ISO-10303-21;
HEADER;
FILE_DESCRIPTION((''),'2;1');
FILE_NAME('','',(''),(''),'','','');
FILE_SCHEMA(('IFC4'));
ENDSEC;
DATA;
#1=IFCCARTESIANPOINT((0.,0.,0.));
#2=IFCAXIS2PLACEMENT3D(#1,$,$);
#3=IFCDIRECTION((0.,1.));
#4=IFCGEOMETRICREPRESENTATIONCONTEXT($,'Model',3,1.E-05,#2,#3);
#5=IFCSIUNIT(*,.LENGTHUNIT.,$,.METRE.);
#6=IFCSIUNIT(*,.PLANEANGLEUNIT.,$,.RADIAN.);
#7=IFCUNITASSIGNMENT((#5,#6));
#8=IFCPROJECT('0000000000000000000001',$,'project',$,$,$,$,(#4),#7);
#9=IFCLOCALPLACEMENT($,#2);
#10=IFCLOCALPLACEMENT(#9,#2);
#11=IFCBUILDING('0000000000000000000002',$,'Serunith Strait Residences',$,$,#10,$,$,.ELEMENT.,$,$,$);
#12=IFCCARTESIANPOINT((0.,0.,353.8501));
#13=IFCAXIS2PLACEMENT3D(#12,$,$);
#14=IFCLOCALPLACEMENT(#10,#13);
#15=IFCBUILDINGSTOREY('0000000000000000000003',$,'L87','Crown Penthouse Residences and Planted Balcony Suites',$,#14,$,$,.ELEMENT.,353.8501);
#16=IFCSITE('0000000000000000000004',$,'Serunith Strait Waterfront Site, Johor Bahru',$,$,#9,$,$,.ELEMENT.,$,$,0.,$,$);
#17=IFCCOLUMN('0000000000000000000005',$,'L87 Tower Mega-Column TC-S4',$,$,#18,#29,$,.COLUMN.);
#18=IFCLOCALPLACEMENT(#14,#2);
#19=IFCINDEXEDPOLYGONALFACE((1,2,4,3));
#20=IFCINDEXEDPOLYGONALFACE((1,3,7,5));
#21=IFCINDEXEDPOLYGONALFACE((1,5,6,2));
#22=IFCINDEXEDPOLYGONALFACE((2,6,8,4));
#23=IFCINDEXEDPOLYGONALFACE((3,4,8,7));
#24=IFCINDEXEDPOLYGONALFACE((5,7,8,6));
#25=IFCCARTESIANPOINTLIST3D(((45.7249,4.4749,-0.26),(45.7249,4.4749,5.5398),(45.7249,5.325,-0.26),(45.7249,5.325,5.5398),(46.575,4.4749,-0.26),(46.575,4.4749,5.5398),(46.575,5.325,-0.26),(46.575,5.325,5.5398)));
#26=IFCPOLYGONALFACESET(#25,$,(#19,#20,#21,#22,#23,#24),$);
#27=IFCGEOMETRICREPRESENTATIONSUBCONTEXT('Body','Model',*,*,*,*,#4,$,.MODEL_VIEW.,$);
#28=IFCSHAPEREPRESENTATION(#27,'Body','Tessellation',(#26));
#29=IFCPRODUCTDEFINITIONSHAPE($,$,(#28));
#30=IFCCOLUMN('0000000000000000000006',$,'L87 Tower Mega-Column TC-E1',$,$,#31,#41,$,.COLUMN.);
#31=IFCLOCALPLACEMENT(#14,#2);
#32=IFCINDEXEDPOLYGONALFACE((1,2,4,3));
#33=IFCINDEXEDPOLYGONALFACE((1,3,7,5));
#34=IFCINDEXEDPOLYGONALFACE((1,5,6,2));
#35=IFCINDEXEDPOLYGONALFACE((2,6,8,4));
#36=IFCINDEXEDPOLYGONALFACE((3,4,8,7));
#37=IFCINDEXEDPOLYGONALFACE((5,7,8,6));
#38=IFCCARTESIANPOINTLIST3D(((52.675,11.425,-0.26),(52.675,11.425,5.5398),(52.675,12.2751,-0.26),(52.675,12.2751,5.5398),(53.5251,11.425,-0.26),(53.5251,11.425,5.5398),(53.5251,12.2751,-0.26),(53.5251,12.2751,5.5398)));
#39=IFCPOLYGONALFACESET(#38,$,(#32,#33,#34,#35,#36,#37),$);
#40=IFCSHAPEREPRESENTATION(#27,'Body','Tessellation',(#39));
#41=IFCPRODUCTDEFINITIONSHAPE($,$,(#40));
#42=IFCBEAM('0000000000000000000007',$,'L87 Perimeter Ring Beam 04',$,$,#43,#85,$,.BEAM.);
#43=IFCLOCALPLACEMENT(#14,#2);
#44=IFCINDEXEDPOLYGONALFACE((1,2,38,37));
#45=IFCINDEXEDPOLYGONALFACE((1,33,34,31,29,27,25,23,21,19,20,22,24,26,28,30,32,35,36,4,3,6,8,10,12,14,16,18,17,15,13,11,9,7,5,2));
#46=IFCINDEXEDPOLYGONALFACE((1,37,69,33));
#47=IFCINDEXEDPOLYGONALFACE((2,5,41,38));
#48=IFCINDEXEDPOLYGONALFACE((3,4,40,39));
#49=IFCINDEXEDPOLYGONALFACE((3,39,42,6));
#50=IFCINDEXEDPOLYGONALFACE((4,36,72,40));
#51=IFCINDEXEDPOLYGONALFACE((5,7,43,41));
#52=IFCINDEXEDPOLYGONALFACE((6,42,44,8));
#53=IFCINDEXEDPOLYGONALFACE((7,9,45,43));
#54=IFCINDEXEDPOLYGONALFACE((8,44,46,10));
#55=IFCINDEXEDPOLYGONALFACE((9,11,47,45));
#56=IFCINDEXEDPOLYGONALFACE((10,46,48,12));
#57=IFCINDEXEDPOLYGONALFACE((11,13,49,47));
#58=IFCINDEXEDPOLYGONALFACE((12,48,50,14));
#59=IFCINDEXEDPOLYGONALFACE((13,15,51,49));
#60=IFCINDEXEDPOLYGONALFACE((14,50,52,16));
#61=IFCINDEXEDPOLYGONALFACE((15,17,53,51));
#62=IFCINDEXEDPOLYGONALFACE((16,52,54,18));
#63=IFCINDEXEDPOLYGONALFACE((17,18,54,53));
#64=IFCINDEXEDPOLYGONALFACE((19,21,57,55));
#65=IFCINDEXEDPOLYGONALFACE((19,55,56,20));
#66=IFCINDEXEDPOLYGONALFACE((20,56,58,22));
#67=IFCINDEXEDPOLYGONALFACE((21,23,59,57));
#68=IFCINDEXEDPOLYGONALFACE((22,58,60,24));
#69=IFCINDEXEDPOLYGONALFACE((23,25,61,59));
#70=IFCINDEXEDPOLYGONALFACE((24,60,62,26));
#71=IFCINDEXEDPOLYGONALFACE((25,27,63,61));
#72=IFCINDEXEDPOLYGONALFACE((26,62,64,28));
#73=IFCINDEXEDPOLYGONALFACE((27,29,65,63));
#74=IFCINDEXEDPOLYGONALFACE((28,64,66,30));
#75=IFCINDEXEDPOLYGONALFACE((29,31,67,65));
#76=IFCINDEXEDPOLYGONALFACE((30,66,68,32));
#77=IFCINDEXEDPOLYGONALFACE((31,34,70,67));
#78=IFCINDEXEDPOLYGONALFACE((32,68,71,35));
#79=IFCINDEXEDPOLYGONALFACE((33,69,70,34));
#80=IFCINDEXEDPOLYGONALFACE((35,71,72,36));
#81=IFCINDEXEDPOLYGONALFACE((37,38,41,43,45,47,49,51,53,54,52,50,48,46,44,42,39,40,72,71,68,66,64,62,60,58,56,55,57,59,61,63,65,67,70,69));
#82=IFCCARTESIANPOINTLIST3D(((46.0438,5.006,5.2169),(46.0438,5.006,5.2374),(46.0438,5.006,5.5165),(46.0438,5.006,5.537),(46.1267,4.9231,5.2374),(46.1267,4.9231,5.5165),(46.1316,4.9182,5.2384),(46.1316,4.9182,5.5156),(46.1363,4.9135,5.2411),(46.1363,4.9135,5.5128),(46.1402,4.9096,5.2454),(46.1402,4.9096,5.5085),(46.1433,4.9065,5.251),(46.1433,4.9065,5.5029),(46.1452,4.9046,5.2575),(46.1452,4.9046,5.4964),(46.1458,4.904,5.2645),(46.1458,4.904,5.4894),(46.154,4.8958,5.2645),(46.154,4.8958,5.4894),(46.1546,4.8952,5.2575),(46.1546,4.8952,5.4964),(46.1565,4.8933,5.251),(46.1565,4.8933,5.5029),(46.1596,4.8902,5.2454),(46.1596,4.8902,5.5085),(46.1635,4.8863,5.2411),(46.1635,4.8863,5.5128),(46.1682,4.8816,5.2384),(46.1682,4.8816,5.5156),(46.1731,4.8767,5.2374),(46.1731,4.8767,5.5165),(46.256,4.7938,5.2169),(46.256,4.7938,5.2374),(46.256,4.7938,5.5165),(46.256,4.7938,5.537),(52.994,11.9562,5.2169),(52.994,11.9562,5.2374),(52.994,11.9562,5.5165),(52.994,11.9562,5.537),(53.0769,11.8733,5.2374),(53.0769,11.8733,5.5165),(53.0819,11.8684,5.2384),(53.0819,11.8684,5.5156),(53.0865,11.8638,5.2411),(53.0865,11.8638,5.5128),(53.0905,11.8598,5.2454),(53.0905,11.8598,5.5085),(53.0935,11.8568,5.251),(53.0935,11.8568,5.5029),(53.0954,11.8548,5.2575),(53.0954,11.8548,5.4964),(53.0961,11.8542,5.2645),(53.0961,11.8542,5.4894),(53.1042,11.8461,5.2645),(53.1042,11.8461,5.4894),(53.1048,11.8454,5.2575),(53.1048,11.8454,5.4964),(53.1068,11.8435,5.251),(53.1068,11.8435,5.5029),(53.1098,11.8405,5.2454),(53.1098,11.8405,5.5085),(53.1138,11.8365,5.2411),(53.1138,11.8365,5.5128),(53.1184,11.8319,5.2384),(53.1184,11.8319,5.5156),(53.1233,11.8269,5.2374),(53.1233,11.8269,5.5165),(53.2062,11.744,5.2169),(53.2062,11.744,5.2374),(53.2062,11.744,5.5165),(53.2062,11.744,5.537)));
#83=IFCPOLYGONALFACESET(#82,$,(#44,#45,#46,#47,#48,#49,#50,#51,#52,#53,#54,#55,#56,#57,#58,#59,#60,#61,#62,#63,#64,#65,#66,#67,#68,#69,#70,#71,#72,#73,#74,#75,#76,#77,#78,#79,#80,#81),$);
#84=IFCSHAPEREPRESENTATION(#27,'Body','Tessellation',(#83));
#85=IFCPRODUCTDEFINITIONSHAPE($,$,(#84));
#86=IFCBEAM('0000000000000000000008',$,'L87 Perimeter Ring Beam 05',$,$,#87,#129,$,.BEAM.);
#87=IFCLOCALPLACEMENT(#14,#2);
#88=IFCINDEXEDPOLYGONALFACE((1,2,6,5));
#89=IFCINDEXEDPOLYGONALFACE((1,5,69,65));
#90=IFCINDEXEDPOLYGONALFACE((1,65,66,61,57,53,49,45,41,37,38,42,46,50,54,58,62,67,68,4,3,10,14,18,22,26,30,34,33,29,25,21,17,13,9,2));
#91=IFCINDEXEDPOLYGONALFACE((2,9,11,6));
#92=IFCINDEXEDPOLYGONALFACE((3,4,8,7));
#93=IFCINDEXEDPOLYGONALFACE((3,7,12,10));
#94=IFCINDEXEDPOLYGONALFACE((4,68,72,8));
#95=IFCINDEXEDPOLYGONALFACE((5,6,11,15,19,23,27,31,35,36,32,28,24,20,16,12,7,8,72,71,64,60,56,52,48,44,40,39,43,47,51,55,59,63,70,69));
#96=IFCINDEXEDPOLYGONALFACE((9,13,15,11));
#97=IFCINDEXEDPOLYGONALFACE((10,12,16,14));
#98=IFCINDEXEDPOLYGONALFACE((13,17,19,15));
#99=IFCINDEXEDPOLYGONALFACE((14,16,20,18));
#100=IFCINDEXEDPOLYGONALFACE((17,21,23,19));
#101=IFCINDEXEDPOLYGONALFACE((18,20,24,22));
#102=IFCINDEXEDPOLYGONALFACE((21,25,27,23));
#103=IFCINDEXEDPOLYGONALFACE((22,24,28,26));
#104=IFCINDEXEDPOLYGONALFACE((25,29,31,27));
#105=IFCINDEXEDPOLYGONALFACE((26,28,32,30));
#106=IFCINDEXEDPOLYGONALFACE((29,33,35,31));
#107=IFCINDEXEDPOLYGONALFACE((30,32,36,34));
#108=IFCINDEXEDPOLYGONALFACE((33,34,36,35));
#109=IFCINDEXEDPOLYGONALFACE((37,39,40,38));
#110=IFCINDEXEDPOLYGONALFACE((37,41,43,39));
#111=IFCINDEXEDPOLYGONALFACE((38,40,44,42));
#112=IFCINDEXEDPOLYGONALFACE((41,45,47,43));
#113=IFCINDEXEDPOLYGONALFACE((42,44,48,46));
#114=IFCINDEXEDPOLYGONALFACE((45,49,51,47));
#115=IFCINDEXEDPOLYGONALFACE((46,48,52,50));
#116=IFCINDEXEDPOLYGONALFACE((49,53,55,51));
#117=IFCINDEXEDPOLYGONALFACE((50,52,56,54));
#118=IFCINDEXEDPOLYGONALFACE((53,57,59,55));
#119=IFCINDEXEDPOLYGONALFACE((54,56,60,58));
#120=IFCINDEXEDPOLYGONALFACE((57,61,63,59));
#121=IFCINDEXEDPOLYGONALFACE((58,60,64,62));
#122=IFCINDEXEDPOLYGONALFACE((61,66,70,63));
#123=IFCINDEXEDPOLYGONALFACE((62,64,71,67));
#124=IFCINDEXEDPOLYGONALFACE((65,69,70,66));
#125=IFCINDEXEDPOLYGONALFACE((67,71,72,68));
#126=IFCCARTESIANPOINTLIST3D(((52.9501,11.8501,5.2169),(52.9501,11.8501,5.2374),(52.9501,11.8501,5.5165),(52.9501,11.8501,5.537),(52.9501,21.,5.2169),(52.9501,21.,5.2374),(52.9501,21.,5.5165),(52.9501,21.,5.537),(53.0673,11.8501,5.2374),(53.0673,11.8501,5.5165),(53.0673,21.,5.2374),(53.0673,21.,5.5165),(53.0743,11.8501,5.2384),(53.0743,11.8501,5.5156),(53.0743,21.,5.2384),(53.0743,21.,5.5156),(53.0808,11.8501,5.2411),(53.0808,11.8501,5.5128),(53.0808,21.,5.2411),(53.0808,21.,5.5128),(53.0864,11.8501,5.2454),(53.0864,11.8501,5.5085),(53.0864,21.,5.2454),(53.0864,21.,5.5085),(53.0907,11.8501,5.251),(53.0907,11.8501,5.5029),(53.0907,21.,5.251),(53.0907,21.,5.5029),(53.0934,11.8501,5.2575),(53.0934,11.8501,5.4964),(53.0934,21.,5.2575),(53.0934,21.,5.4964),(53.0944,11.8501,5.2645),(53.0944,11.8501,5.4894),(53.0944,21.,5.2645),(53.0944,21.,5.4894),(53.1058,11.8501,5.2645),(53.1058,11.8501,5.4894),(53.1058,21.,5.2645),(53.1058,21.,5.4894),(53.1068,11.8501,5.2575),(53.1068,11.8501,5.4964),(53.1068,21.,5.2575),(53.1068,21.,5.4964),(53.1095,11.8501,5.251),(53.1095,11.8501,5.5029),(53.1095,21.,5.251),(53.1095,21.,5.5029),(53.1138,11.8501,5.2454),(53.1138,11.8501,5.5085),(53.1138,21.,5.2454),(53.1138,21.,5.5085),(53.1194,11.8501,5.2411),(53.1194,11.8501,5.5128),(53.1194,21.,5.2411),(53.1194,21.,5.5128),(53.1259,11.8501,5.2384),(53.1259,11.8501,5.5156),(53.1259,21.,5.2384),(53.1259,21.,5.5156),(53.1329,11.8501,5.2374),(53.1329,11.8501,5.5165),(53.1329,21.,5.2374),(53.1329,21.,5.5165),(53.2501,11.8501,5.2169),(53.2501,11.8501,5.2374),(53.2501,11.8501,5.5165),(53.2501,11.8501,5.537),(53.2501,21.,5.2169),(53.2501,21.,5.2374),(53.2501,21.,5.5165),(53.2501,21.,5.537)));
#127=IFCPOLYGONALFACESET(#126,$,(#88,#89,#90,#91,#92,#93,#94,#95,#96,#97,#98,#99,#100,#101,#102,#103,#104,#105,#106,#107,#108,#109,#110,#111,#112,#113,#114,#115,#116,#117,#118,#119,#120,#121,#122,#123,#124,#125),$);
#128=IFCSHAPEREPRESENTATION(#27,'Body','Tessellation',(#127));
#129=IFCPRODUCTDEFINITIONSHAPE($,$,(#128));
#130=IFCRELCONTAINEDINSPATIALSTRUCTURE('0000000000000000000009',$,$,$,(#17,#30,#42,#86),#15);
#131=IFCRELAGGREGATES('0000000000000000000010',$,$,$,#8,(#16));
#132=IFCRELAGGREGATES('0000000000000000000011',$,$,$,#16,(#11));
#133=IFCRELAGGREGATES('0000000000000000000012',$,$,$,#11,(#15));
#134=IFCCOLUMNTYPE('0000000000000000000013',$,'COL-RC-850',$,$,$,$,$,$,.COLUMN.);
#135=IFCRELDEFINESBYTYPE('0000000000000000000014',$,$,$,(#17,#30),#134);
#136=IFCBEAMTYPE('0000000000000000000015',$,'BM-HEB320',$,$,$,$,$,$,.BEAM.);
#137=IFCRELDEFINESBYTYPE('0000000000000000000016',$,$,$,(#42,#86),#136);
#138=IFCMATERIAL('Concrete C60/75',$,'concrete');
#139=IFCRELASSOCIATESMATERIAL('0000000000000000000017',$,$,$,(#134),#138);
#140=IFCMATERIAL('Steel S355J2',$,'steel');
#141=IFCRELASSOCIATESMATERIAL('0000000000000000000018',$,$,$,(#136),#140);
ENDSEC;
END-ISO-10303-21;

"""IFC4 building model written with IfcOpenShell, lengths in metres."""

from ifc_helpers import new_model, si_unit, direction, frame, origin, origin_2d, place, context, subcontext, project, spatial, rectangle, i_section, extrude, source, transform, mapped, material, material_profile, profile_set, type_object, element, save


model = new_model("IFC4")

# Units and contexts
model_context = context("Model", 3, precision=1e-05, world=origin(), true_north=direction((0.0, 1.0)))
body_context = subcontext(model_context, "Body", "Model", "MODEL_VIEW")
ifc_project = project(units=[si_unit("LENGTHUNIT", "METRE"), si_unit("PLANEANGLEUNIT", "RADIAN")], contexts=[model_context])

# Site, building, storey
site_placement = place(None, origin())
site = spatial("IfcSite", under=ifc_project, at=site_placement, Name="Serunith Strait Waterfront Site, Johor Bahru", CompositionType="ELEMENT", RefElevation=0.0)
building_placement = place(site_placement, origin())
building = spatial("IfcBuilding", under=site, at=building_placement, Name="Serunith Strait Residences", CompositionType="ELEMENT")
storey_placement = place(building_placement, frame((0.0, 0.0, 353.8501)))
storey = spatial("IfcBuildingStorey", under=building, at=storey_placement, Name="L87", Description="Crown Penthouse Residences and Planted Balcony Suites", CompositionType="ELEMENT", Elevation=353.8501)

# Columns
ifc_material_1 = material(Name="Concrete C60/75", Category="concrete")
ifc_material_profile_1 = material_profile(ifc_material_1, rectangle(XDim=0.8501, YDim=0.8501, at=origin_2d()), Name="RC 850x850")
ifc_profile_set_1 = profile_set([ifc_material_profile_1], Name="Concrete C60/75")
column_type = type_object("IfcColumnType", Name="COL-RC-850", PredefinedType="COLUMN", material=ifc_profile_set_1)
shared_shape_1 = source(origin(), body_context, "Body", "SweptSolid", [
    extrude(rectangle(XDim=0.8501, YDim=0.8501, at=origin_2d()), origin(), (0.0, 0.0, 1.0), 5.7998),
])
for number, where, z_axis, x_axis, name in (
    (1, (46.1499, 4.8999, -0.26), (0.0, 0.0, 1.0), (1.0, 0.0, 0.0), "L87 Tower Mega-Column TC-S4"),
    (2, (53.1001, 11.8501, -0.26), (0.0, 0.0, 1.0), (1.0, 0.0, 0.0), "L87 Tower Mega-Column TC-E1"),
):
    element("IfcColumn", number, at=place(storey_placement, frame(where, z_axis=z_axis, x_axis=x_axis)), inside=storey, type_object=column_type, Name=name, PredefinedType="COLUMN", context=body_context, shape_type="MappedRepresentation", body=[
        mapped(shared_shape_1, transform((0.0, 0.0, 0.0), scale=1.0)),
    ])

# Beams
ifc_material_2 = material(Name="Steel S355J2", Category="steel")
ifc_material_profile_2 = material_profile(ifc_material_2, i_section(OverallWidth=0.3, OverallDepth=0.3201, WebThickness=0.0115, FlangeThickness=0.0205, FilletRadius=0.0271, at=origin_2d()), Name="HEB 320")
ifc_profile_set_2 = profile_set([ifc_material_profile_2], Name="Steel S355J2")
beam_type = type_object("IfcBeamType", Name="BM-HEB320", PredefinedType="BEAM", material=ifc_profile_set_2)
shared_shape_2 = source(origin(), body_context, "Body", "SweptSolid", [
    extrude(i_section(OverallWidth=0.3, OverallDepth=0.3201, WebThickness=0.0115, FlangeThickness=0.0205, FilletRadius=0.0271, at=origin_2d()), origin(), (0.0, 0.0, 1.0), 9.8291),
])
beam_1_placement = place(storey_placement, frame((46.1499, 4.8999, 5.377), z_axis=(0.707107, 0.707107, 0.0), x_axis=(-0.707107, 0.707107, 0.0)))
element("IfcBeam", 3, at=beam_1_placement, inside=storey, type_object=beam_type, Name="L87 Perimeter Ring Beam 04", PredefinedType="BEAM", context=body_context, shape_type="MappedRepresentation", body=[
    mapped(shared_shape_2, transform((0.0, 0.0, 0.0), scale=1.0)),
])
shared_shape_3 = source(origin(), body_context, "Body", "SweptSolid", [
    extrude(i_section(OverallWidth=0.3, OverallDepth=0.3201, WebThickness=0.0115, FlangeThickness=0.0205, FilletRadius=0.0271, at=origin_2d()), origin(), (0.0, 0.0, 1.0), 9.1499),
])
beam_2_placement = place(storey_placement, frame((53.1001, 11.8501, 5.377), z_axis=(0.0, 1.0, 0.0), x_axis=(-1.0, 0.0, 0.0)))
element("IfcBeam", 4, at=beam_2_placement, inside=storey, type_object=beam_type, Name="L87 Perimeter Ring Beam 05", PredefinedType="BEAM", context=body_context, shape_type="MappedRepresentation", body=[
    mapped(shared_shape_3, transform((0.0, 0.0, 0.0), scale=1.0)),
])

save(model, "model.ifc")
